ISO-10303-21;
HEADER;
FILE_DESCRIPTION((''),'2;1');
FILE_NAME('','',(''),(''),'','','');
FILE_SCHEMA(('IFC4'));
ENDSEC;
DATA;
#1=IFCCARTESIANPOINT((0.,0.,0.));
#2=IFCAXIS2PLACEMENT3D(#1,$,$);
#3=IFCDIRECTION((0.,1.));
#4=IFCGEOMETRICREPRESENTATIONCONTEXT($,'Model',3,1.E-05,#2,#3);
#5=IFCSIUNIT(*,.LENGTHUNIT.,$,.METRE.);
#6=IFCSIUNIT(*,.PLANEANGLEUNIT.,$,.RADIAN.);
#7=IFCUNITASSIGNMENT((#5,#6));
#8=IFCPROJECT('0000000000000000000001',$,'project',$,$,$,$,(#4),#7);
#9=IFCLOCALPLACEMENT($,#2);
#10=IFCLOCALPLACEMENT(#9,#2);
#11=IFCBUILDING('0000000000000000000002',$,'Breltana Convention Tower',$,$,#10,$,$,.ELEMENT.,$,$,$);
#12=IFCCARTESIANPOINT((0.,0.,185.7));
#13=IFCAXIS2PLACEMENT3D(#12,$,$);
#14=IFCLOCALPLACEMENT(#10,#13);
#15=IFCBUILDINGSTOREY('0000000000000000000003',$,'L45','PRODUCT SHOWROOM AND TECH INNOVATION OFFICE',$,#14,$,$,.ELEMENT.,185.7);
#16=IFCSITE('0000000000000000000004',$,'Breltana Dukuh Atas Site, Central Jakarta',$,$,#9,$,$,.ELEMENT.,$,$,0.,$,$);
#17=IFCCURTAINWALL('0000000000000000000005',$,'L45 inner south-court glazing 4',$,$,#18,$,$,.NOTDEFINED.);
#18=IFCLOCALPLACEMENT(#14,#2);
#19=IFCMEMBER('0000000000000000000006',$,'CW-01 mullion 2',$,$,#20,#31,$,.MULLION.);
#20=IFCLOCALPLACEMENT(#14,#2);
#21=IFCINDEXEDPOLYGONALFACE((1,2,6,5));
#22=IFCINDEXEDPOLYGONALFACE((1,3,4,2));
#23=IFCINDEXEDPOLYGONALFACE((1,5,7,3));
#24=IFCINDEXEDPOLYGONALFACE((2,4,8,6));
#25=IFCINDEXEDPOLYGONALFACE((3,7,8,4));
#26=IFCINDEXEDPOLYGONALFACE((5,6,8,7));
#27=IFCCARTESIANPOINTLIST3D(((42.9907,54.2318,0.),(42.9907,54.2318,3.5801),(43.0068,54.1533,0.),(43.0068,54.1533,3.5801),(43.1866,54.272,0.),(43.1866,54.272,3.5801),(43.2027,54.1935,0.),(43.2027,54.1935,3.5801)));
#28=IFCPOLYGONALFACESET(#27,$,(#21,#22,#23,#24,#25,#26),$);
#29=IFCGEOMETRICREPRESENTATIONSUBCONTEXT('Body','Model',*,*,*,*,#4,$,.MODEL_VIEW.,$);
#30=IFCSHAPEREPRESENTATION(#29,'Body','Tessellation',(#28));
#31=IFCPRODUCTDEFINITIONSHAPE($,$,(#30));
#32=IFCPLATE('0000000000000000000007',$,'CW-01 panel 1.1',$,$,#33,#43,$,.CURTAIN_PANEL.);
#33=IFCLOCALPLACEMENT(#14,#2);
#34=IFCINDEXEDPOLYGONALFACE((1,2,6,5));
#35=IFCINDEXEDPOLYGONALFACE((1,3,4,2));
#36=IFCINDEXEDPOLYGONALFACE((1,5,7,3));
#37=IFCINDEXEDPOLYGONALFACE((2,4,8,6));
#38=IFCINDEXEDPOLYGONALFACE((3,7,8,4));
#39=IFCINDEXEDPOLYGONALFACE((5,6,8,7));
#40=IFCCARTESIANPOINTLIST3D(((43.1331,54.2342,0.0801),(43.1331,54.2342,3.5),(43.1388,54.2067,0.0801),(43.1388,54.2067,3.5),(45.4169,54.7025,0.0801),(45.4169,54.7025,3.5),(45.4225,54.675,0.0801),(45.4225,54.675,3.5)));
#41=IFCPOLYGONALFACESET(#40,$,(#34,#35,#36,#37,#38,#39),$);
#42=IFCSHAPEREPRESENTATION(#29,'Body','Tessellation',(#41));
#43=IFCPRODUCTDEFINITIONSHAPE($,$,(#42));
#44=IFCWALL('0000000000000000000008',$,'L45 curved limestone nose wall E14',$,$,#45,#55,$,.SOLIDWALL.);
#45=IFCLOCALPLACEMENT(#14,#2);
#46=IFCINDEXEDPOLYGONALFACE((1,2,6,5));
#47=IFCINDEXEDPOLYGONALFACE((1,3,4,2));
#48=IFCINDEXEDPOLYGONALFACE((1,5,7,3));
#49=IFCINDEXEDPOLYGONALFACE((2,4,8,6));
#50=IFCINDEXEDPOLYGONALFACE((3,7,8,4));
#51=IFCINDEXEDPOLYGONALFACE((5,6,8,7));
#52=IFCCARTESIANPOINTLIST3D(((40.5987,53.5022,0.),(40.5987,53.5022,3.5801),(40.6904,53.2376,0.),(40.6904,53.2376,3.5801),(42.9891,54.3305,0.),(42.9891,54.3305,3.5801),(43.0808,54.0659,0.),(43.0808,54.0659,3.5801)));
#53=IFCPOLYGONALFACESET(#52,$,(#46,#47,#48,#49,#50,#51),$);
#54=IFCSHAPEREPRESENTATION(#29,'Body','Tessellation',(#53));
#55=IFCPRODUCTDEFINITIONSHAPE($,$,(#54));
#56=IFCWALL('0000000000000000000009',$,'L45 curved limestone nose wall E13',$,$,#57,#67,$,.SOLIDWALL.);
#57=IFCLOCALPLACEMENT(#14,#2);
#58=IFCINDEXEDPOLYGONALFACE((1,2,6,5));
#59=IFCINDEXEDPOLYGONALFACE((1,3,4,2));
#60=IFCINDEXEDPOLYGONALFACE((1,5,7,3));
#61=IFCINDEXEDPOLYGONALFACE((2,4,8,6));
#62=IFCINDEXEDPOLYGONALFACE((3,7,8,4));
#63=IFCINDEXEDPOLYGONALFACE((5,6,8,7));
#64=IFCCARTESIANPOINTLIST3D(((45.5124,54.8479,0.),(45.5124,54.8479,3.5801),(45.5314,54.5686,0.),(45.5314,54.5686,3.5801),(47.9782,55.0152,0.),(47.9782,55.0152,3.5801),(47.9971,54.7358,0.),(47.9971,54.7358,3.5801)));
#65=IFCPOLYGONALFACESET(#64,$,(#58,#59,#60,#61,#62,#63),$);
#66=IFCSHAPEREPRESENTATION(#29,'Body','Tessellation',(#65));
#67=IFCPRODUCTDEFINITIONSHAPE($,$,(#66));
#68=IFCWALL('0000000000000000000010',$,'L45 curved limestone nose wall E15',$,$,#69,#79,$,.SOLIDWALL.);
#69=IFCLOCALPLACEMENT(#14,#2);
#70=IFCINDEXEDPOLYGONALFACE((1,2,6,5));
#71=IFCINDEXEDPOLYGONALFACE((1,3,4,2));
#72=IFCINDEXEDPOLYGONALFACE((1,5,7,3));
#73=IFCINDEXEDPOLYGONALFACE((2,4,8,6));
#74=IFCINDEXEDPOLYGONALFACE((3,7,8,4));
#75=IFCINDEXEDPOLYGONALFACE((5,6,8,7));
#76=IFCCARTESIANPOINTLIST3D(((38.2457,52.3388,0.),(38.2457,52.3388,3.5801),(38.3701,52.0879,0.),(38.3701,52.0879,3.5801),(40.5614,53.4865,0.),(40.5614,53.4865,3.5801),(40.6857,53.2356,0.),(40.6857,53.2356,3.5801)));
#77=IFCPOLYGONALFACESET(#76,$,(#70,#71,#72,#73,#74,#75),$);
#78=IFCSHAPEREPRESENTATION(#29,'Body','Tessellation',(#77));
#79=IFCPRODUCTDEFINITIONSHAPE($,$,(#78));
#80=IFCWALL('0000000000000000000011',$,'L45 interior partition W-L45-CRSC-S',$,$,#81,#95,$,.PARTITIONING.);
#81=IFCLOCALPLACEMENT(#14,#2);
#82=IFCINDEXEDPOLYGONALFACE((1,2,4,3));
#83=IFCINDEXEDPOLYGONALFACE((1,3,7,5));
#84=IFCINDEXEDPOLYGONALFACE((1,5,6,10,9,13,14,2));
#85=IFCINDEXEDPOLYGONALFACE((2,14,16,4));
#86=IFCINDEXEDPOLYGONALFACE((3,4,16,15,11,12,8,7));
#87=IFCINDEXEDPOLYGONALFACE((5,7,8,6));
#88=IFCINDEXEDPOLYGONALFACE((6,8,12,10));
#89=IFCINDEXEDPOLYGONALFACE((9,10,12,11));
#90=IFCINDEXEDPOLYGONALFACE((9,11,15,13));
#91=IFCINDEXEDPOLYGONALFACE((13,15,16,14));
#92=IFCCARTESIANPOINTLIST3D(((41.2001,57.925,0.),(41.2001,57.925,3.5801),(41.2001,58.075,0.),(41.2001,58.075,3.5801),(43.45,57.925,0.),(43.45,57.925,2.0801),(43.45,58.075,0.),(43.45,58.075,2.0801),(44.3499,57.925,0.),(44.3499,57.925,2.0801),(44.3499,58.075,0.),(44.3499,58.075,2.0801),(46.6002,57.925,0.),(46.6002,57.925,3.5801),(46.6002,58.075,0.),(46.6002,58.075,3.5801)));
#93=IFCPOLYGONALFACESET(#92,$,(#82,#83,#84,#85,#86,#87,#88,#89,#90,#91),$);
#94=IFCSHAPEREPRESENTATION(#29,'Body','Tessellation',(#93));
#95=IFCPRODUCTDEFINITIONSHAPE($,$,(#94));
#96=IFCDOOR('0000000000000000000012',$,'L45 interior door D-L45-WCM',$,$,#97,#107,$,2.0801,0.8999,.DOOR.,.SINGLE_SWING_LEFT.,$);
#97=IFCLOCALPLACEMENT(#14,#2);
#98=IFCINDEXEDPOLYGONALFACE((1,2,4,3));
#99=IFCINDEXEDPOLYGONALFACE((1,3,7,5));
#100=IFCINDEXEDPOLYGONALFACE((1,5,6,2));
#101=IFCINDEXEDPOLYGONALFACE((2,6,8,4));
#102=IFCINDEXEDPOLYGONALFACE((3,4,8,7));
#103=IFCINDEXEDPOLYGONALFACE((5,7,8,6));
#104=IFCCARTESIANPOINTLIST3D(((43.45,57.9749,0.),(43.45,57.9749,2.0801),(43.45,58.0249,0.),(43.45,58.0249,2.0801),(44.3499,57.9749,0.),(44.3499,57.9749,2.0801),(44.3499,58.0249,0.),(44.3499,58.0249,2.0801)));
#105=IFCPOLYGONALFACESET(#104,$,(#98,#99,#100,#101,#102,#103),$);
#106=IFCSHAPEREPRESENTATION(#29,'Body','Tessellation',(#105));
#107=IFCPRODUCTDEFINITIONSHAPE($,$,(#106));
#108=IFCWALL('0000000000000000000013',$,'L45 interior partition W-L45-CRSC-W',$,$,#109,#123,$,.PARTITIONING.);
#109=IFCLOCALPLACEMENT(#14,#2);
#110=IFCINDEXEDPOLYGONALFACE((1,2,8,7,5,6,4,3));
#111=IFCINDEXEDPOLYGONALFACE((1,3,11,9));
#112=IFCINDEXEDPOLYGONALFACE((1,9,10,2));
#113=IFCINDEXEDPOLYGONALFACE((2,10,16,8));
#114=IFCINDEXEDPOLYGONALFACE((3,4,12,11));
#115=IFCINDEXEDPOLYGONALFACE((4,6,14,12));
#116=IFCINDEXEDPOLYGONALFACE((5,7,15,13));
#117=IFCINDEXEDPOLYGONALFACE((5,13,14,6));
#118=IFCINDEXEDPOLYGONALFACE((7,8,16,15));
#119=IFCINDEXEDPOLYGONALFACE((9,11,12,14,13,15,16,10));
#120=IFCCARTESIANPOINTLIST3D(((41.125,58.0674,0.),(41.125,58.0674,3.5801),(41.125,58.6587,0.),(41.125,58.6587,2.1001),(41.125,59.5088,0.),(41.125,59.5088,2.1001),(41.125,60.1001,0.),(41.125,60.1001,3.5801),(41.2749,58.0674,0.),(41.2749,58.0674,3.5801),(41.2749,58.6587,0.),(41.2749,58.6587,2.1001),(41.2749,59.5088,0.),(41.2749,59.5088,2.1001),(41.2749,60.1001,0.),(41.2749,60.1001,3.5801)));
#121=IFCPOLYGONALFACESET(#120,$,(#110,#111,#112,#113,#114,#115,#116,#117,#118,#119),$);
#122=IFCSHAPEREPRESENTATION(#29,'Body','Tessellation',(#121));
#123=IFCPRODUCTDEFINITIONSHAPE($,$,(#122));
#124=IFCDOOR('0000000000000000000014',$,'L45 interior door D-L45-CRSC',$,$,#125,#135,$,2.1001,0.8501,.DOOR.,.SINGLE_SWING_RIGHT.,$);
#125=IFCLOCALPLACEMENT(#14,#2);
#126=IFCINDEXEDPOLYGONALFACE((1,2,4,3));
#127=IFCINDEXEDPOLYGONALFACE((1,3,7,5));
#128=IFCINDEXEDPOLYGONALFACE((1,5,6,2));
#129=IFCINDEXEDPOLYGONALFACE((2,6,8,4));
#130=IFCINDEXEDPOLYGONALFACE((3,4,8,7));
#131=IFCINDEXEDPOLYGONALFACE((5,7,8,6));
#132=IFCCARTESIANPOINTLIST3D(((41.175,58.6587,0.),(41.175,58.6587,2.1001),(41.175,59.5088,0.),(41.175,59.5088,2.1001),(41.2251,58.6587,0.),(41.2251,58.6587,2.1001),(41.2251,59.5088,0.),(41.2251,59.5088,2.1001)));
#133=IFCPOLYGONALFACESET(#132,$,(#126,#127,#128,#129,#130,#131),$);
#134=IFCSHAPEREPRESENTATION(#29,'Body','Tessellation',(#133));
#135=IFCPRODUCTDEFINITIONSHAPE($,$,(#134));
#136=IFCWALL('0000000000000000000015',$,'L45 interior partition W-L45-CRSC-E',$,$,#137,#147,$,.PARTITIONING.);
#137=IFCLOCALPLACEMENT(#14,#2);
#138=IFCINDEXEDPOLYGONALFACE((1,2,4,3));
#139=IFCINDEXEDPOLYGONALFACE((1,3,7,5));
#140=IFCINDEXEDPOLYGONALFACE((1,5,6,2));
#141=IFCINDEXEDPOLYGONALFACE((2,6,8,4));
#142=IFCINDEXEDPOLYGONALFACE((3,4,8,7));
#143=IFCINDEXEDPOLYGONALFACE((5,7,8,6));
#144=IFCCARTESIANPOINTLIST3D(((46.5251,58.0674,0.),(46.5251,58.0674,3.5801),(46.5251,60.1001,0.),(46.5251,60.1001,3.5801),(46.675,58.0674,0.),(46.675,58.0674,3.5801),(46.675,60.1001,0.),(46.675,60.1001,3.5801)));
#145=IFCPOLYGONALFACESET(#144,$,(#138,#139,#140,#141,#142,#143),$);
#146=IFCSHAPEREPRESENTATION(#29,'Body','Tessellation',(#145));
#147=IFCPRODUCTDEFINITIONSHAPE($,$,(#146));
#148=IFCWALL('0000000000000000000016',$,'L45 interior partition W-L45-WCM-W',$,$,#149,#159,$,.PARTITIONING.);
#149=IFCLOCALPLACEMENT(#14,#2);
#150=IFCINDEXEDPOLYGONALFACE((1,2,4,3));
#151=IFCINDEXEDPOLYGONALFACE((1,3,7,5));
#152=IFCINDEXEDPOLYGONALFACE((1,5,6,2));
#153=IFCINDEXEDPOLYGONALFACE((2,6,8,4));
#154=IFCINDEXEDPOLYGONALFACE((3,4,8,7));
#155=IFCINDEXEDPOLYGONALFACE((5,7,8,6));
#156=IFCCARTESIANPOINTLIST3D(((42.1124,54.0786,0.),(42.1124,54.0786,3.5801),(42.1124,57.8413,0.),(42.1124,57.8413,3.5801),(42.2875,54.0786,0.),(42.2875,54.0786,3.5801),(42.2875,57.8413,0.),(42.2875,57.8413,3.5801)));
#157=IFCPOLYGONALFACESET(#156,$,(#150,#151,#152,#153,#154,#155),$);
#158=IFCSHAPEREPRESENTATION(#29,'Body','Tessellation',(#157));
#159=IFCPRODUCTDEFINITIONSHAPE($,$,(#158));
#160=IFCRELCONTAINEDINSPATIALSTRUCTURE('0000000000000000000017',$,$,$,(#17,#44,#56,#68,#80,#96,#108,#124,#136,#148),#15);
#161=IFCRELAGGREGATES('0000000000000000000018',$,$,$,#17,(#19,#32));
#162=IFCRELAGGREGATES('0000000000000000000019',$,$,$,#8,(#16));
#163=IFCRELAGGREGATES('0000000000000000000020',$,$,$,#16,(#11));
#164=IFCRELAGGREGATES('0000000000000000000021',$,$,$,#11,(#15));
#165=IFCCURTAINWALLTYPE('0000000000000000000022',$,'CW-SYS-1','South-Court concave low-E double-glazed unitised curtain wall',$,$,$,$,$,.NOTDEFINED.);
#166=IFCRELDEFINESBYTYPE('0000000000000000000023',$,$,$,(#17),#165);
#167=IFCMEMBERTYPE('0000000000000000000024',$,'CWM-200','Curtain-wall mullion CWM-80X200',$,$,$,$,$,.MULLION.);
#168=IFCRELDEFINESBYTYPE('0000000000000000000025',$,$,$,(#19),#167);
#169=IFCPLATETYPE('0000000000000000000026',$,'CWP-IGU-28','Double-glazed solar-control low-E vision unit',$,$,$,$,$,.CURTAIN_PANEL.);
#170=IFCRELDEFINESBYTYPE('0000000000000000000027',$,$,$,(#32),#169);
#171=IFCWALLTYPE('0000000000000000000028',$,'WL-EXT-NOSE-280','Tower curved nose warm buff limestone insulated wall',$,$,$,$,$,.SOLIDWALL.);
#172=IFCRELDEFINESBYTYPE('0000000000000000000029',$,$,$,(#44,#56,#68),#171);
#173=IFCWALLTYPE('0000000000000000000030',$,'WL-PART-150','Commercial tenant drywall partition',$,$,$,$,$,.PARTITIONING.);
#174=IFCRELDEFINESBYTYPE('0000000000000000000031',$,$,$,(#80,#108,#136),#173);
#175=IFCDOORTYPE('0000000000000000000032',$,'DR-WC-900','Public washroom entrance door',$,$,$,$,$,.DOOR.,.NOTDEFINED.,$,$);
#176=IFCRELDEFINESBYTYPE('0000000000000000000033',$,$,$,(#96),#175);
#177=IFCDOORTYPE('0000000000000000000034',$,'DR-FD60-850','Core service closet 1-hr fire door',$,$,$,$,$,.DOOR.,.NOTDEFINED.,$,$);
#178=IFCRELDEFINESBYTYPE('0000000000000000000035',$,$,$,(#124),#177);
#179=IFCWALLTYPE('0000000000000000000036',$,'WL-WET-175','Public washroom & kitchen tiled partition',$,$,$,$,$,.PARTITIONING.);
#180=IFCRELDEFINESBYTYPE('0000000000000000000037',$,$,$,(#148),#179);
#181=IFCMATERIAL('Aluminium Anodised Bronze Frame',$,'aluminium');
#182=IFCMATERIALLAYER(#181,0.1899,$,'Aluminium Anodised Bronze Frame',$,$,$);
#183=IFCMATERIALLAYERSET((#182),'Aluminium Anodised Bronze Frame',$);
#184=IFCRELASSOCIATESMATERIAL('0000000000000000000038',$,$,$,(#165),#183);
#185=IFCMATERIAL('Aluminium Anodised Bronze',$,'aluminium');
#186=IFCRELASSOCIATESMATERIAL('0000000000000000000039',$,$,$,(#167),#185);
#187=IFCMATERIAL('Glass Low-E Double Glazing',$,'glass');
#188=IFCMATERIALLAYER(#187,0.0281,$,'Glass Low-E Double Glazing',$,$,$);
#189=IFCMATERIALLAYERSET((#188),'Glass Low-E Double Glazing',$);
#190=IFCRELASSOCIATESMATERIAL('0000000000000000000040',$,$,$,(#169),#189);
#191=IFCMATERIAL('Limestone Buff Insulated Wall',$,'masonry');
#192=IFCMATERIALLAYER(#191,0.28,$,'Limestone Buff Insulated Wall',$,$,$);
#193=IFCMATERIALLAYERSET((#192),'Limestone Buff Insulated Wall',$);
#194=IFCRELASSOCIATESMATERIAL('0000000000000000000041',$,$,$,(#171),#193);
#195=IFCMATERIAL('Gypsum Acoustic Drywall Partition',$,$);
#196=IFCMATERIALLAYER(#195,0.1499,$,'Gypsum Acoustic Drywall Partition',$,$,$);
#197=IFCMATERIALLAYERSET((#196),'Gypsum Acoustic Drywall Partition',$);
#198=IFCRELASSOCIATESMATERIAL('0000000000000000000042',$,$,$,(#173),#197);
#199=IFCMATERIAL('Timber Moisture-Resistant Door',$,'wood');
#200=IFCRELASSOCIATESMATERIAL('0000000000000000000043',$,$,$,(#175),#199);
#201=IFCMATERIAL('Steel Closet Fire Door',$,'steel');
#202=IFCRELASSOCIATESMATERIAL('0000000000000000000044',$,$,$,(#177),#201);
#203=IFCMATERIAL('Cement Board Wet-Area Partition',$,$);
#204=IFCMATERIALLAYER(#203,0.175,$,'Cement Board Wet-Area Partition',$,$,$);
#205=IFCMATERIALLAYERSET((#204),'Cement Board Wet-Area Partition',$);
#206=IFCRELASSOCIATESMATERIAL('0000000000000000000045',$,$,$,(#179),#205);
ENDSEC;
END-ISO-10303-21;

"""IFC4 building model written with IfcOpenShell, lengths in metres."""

from ifc_helpers import new_model, si_unit, direction, frame, frame_2d, origin, origin_2d, place, context, subcontext, project, spatial, rectangle, extrude, source, transform, mapped, material, layer, layer_set, material_profile, profile_set, type_object, type_shapes, element, fill, aggregate, save


model = new_model("IFC4")

# Units and contexts
model_context = context("Model", 3, precision=1e-05, world=origin(), true_north=direction((0.0, 1.0)))
body_context = subcontext(model_context, "Body", "Model", "MODEL_VIEW")
ifc_project = project(units=[si_unit("LENGTHUNIT", "METRE"), si_unit("PLANEANGLEUNIT", "RADIAN")], contexts=[model_context])

# Site, building, storey
site_placement = place(None, origin())
site = spatial("IfcSite", under=ifc_project, at=site_placement, Name="Breltana Dukuh Atas Site, Central Jakarta", CompositionType="ELEMENT", RefElevation=0.0)
building_placement = place(site_placement, origin())
building = spatial("IfcBuilding", under=site, at=building_placement, Name="Breltana Convention Tower", CompositionType="ELEMENT")
storey_placement = place(building_placement, frame((0.0, 0.0, 185.7)))
storey = spatial("IfcBuildingStorey", under=building, at=storey_placement, Name="L45", Description="PRODUCT SHOWROOM AND TECH INNOVATION OFFICE", CompositionType="ELEMENT", Elevation=185.7)

# Curtain wall, member, plate
ifc_material_1 = material(Name="Aluminium Anodised Bronze Frame", Category="aluminium")
ifc_layer_1 = layer(ifc_material_1, 0.1899, Name="Aluminium Anodised Bronze Frame")
ifc_layer_set_1 = layer_set([ifc_layer_1], Name="Aluminium Anodised Bronze Frame")
curtain_wall_type = type_object("IfcCurtainWallType", Name="CW-SYS-1", Description="South-Court concave low-E double-glazed unitised curtain wall", PredefinedType="NOTDEFINED", material=ifc_layer_set_1)
curtain_wall_placement = place(storey_placement, origin())
curtain_wall = element("IfcCurtainWall", 1, at=curtain_wall_placement, inside=storey, type_object=curtain_wall_type, Name="L45 inner south-court glazing 4", PredefinedType="NOTDEFINED")
ifc_material_2 = material(Name="Aluminium Anodised Bronze", Category="aluminium")
ifc_material_profile_1 = material_profile(ifc_material_2, rectangle(XDim=0.0801, YDim=0.2, at=origin_2d()), Name="CWM-80X200")
ifc_profile_set_1 = profile_set([ifc_material_profile_1], Name="Aluminium Anodised Bronze")
member_type_1 = type_object("IfcMemberType", Name="CWM-200", Description="Curtain-wall mullion CWM-80X200", PredefinedType="MULLION", material=ifc_profile_set_1)
shared_shape_1 = source(origin(), body_context, "Body", "SweptSolid", [
    extrude(rectangle(XDim=0.0801, YDim=0.2, at=origin_2d()), origin(), (0.0, 0.0, 1.0), 3.5801),
])
member_1_placement = place(storey_placement, frame((43.0967, 54.2126, 0.0), z_axis=(0.0, 0.0, 1.0), x_axis=(0.200861, -0.97962, 0.0)))
member_1 = element("IfcMember", 2, at=member_1_placement, type_object=member_type_1, Name="CW-01 mullion 2", PredefinedType="MULLION", context=body_context, shape_type="MappedRepresentation", body=[
    mapped(shared_shape_1, transform((0.0, 0.0, 0.0), scale=1.0)),
])
ifc_material_3 = material(Name="Glass Low-E Double Glazing", Category="glass")
ifc_layer_2 = layer(ifc_material_3, 0.0281, Name="Glass Low-E Double Glazing")
ifc_layer_set_2 = layer_set([ifc_layer_2], Name="Glass Low-E Double Glazing")
plate_type = type_object("IfcPlateType", Name="CWP-IGU-28", Description="Double-glazed solar-control low-E vision unit", PredefinedType="CURTAIN_PANEL", material=ifc_layer_set_2)
shared_shape_2 = source(origin(), body_context, "Body", "SweptSolid", [
    extrude(rectangle(XDim=2.3313, YDim=0.0281, at=origin_2d()), origin(), (0.0, 0.0, 1.0), 3.4199),
])
plate_placement = place(storey_placement, frame((44.2778, 54.4546, 0.0801), z_axis=(0.0, 0.0, 1.0), x_axis=(-0.97962, -0.200861, 0.0)))
plate = element("IfcPlate", 3, at=plate_placement, type_object=plate_type, Name="CW-01 panel 1.1", PredefinedType="CURTAIN_PANEL", context=body_context, shape_type="MappedRepresentation", body=[
    mapped(shared_shape_2, transform((0.0, 0.0, 0.0), scale=1.0)),
])
aggregate(curtain_wall, [member_1, plate])

# Walls
ifc_material_4 = material(Name="Limestone Buff Insulated Wall", Category="masonry")
ifc_layer_3 = layer(ifc_material_4, 0.28, Name="Limestone Buff Insulated Wall")
ifc_layer_set_3 = layer_set([ifc_layer_3], Name="Limestone Buff Insulated Wall")
wall_type_1 = type_object("IfcWallType", Name="WL-EXT-NOSE-280", Description="Tower curved nose warm buff limestone insulated wall", PredefinedType="SOLIDWALL", material=ifc_layer_set_3)
shared_shape_3 = source(origin(), body_context, "Body", "SweptSolid", [
    extrude(rectangle(XDim=2.5298, YDim=0.28, at=frame_2d((1.2649, 0.0))), origin(), (0.0, 0.0, 1.0), 3.5801),
])
wall_1_placement = place(storey_placement, frame((43.0349, 54.1982, 0.0), z_axis=(0.0, 0.0, 1.0), x_axis=(-0.944872, -0.327439, 0.0)))
element("IfcWall", 4, at=wall_1_placement, inside=storey, type_object=wall_type_1, Name="L45 curved limestone nose wall E14", PredefinedType="SOLIDWALL", context=body_context, shape_type="MappedRepresentation", body=[
    mapped(shared_shape_3, transform((0.0, 0.0, 0.0), scale=1.0)),
])
shared_shape_4 = source(origin(), body_context, "Body", "SweptSolid", [
    extrude(rectangle(XDim=2.4714, YDim=0.28, at=frame_2d((1.2358, 0.0))), origin(), (0.0, 0.0, 1.0), 3.5801),
])
wall_2_placement = place(storey_placement, frame((47.9878, 54.8755, 0.0), z_axis=(0.0, 0.0, 1.0), x_axis=(-0.997708, -0.067666, 0.0)))
element("IfcWall", 5, at=wall_2_placement, inside=storey, type_object=wall_type_1, Name="L45 curved limestone nose wall E13", PredefinedType="SOLIDWALL", context=body_context, shape_type="MappedRepresentation", body=[
    mapped(shared_shape_4, transform((0.0, 0.0, 0.0), scale=1.0)),
])
shared_shape_5 = source(origin(), body_context, "Body", "SweptSolid", [
    extrude(rectangle(XDim=2.5845, YDim=0.28, at=frame_2d((1.2922, 0.0))), origin(), (0.0, 0.0, 1.0), 3.5801),
])
wall_3_placement = place(storey_placement, frame((40.6235, 53.3611, 0.0), z_axis=(0.0, 0.0, 1.0), x_axis=(-0.89599, -0.444075, 0.0)))
element("IfcWall", 6, at=wall_3_placement, inside=storey, type_object=wall_type_1, Name="L45 curved limestone nose wall E15", PredefinedType="SOLIDWALL", context=body_context, shape_type="MappedRepresentation", body=[
    mapped(shared_shape_5, transform((0.0, 0.0, 0.0), scale=1.0)),
])

# Walls, openings, doors
ifc_material_5 = material(Name="Gypsum Acoustic Drywall Partition")
ifc_layer_4 = layer(ifc_material_5, 0.1499, Name="Gypsum Acoustic Drywall Partition")
ifc_layer_set_4 = layer_set([ifc_layer_4], Name="Gypsum Acoustic Drywall Partition")
wall_type_2 = type_object("IfcWallType", Name="WL-PART-150", Description="Commercial tenant drywall partition", PredefinedType="PARTITIONING", material=ifc_layer_set_4)
shared_shape_6 = source(origin(), body_context, "Body", "SweptSolid", [
    extrude(rectangle(XDim=5.4001, YDim=0.1499, at=frame_2d((2.7002, 0.0))), origin(), (0.0, 0.0, 1.0), 3.5801),
])
wall_4_placement = place(storey_placement, frame((41.2, 58.0, 0.0), z_axis=(0.0, 0.0, 1.0), x_axis=(1.0, 0.0, 0.0)))
wall_4 = element("IfcWall", 7, at=wall_4_placement, inside=storey, type_object=wall_type_2, Name="L45 interior partition W-L45-CRSC-S", PredefinedType="PARTITIONING", context=body_context, shape_type="MappedRepresentation", body=[
    mapped(shared_shape_6, transform((0.0, 0.0, 0.0), scale=1.0)),
])
opening_1_placement = place(wall_4_placement, frame((2.25, 0.0, 0.0)))
opening_1 = element("IfcOpeningElement", 8, at=opening_1_placement, cuts=wall_4, PredefinedType="OPENING", context=body_context, shape_type="SweptSolid", body=[
    extrude(rectangle(XDim=0.8999, YDim=2.0801, at=frame_2d((0.45, 1.04))), frame((0.0, 0.085, 0.0), z_axis=(0.0, -1.0, 0.0), x_axis=(1.0, 0.0, 0.0)), (0.0, 0.0, 1.0), 0.1699),
])
ifc_material_6 = material(Name="Timber Moisture-Resistant Door", Category="wood")
door_type_1 = type_object("IfcDoorType", Name="DR-WC-900", Description="Public washroom entrance door", OperationType="NOTDEFINED", PredefinedType="DOOR", material=ifc_material_6)
shared_shape_7 = source(origin(), body_context, "Body", "SweptSolid", [
    extrude(rectangle(XDim=0.8999, YDim=2.0801, at=frame_2d((0.45, 1.04))), frame((0.0, 0.0249, 0.0), z_axis=(0.0, -1.0, 0.0), x_axis=(1.0, 0.0, 0.0)), (0.0, 0.0, 1.0), 0.05),
])
type_shapes(door_type_1, [shared_shape_7])
door_1_placement = place(opening_1_placement, origin())
door_1 = element("IfcDoor", 9, at=door_1_placement, inside=storey, type_object=door_type_1, Name="L45 interior door D-L45-WCM", OperationType="SINGLE_SWING_LEFT", OverallHeight=2.0801, OverallWidth=0.8999, PredefinedType="DOOR", context=body_context, shape_type="MappedRepresentation", body=[
    mapped(shared_shape_7, transform((0.0, 0.0, 0.0), scale=1.0)),
])
fill(opening_1, door_1)
shared_shape_8 = source(origin(), body_context, "Body", "SweptSolid", [
    extrude(rectangle(XDim=2.0327, YDim=0.1499, at=frame_2d((1.0164, 0.0))), origin(), (0.0, 0.0, 1.0), 3.5801),
])
wall_5_placement = place(storey_placement, frame((41.2, 58.0674, 0.0), z_axis=(0.0, 0.0, 1.0), x_axis=(0.0, 1.0, 0.0)))
wall_5 = element("IfcWall", 10, at=wall_5_placement, inside=storey, type_object=wall_type_2, Name="L45 interior partition W-L45-CRSC-W", PredefinedType="PARTITIONING", context=body_context, shape_type="MappedRepresentation", body=[
    mapped(shared_shape_8, transform((0.0, 0.0, 0.0), scale=1.0)),
])
opening_2_placement = place(wall_5_placement, frame((0.5913, 0.0, 0.0)))
opening_2 = element("IfcOpeningElement", 11, at=opening_2_placement, cuts=wall_5, PredefinedType="OPENING", context=body_context, shape_type="SweptSolid", body=[
    extrude(rectangle(XDim=0.8501, YDim=2.1001, at=frame_2d((0.425, 1.05))), frame((0.0, 0.085, 0.0), z_axis=(0.0, -1.0, 0.0), x_axis=(1.0, 0.0, 0.0)), (0.0, 0.0, 1.0), 0.1699),
])
ifc_material_7 = material(Name="Steel Closet Fire Door", Category="steel")
door_type_2 = type_object("IfcDoorType", Name="DR-FD60-850", Description="Core service closet 1-hr fire door", OperationType="NOTDEFINED", PredefinedType="DOOR", material=ifc_material_7)
shared_shape_9 = source(origin(), body_context, "Body", "SweptSolid", [
    extrude(rectangle(XDim=0.8501, YDim=2.1001, at=frame_2d((0.425, 1.05))), frame((0.0, 0.0249, 0.0), z_axis=(0.0, -1.0, 0.0), x_axis=(1.0, 0.0, 0.0)), (0.0, 0.0, 1.0), 0.05),
])
type_shapes(door_type_2, [shared_shape_9])
door_2_placement = place(opening_2_placement, origin())
door_2 = element("IfcDoor", 12, at=door_2_placement, inside=storey, type_object=door_type_2, Name="L45 interior door D-L45-CRSC", OperationType="SINGLE_SWING_RIGHT", OverallHeight=2.1001, OverallWidth=0.8501, PredefinedType="DOOR", context=body_context, shape_type="MappedRepresentation", body=[
    mapped(shared_shape_9, transform((0.0, 0.0, 0.0), scale=1.0)),
])
fill(opening_2, door_2)

# Walls
wall_6_placement = place(storey_placement, frame((46.6001, 58.0674, 0.0), z_axis=(0.0, 0.0, 1.0), x_axis=(0.0, 1.0, 0.0)))
element("IfcWall", 13, at=wall_6_placement, inside=storey, type_object=wall_type_2, Name="L45 interior partition W-L45-CRSC-E", PredefinedType="PARTITIONING", context=body_context, shape_type="MappedRepresentation", body=[
    mapped(shared_shape_8, transform((0.0, 0.0, 0.0), scale=1.0)),
])
ifc_material_8 = material(Name="Cement Board Wet-Area Partition")
ifc_layer_5 = layer(ifc_material_8, 0.175, Name="Cement Board Wet-Area Partition")
ifc_layer_set_5 = layer_set([ifc_layer_5], Name="Cement Board Wet-Area Partition")
wall_type_3 = type_object("IfcWallType", Name="WL-WET-175", Description="Public washroom & kitchen tiled partition", PredefinedType="PARTITIONING", material=ifc_layer_set_5)
shared_shape_10 = source(origin(), body_context, "Body", "SweptSolid", [
    extrude(rectangle(XDim=3.7627, YDim=0.175, at=frame_2d((1.8813, 0.0))), origin(), (0.0, 0.0, 1.0), 3.5801),
])
wall_7_placement = place(storey_placement, frame((42.2, 54.0786, 0.0), z_axis=(0.0, 0.0, 1.0), x_axis=(0.0, 1.0, 0.0)))
element("IfcWall", 14, at=wall_7_placement, inside=storey, type_object=wall_type_3, Name="L45 interior partition W-L45-WCM-W", PredefinedType="PARTITIONING", context=body_context, shape_type="MappedRepresentation", body=[
    mapped(shared_shape_10, transform((0.0, 0.0, 0.0), scale=1.0)),
])

save(model, "model.ifc")
